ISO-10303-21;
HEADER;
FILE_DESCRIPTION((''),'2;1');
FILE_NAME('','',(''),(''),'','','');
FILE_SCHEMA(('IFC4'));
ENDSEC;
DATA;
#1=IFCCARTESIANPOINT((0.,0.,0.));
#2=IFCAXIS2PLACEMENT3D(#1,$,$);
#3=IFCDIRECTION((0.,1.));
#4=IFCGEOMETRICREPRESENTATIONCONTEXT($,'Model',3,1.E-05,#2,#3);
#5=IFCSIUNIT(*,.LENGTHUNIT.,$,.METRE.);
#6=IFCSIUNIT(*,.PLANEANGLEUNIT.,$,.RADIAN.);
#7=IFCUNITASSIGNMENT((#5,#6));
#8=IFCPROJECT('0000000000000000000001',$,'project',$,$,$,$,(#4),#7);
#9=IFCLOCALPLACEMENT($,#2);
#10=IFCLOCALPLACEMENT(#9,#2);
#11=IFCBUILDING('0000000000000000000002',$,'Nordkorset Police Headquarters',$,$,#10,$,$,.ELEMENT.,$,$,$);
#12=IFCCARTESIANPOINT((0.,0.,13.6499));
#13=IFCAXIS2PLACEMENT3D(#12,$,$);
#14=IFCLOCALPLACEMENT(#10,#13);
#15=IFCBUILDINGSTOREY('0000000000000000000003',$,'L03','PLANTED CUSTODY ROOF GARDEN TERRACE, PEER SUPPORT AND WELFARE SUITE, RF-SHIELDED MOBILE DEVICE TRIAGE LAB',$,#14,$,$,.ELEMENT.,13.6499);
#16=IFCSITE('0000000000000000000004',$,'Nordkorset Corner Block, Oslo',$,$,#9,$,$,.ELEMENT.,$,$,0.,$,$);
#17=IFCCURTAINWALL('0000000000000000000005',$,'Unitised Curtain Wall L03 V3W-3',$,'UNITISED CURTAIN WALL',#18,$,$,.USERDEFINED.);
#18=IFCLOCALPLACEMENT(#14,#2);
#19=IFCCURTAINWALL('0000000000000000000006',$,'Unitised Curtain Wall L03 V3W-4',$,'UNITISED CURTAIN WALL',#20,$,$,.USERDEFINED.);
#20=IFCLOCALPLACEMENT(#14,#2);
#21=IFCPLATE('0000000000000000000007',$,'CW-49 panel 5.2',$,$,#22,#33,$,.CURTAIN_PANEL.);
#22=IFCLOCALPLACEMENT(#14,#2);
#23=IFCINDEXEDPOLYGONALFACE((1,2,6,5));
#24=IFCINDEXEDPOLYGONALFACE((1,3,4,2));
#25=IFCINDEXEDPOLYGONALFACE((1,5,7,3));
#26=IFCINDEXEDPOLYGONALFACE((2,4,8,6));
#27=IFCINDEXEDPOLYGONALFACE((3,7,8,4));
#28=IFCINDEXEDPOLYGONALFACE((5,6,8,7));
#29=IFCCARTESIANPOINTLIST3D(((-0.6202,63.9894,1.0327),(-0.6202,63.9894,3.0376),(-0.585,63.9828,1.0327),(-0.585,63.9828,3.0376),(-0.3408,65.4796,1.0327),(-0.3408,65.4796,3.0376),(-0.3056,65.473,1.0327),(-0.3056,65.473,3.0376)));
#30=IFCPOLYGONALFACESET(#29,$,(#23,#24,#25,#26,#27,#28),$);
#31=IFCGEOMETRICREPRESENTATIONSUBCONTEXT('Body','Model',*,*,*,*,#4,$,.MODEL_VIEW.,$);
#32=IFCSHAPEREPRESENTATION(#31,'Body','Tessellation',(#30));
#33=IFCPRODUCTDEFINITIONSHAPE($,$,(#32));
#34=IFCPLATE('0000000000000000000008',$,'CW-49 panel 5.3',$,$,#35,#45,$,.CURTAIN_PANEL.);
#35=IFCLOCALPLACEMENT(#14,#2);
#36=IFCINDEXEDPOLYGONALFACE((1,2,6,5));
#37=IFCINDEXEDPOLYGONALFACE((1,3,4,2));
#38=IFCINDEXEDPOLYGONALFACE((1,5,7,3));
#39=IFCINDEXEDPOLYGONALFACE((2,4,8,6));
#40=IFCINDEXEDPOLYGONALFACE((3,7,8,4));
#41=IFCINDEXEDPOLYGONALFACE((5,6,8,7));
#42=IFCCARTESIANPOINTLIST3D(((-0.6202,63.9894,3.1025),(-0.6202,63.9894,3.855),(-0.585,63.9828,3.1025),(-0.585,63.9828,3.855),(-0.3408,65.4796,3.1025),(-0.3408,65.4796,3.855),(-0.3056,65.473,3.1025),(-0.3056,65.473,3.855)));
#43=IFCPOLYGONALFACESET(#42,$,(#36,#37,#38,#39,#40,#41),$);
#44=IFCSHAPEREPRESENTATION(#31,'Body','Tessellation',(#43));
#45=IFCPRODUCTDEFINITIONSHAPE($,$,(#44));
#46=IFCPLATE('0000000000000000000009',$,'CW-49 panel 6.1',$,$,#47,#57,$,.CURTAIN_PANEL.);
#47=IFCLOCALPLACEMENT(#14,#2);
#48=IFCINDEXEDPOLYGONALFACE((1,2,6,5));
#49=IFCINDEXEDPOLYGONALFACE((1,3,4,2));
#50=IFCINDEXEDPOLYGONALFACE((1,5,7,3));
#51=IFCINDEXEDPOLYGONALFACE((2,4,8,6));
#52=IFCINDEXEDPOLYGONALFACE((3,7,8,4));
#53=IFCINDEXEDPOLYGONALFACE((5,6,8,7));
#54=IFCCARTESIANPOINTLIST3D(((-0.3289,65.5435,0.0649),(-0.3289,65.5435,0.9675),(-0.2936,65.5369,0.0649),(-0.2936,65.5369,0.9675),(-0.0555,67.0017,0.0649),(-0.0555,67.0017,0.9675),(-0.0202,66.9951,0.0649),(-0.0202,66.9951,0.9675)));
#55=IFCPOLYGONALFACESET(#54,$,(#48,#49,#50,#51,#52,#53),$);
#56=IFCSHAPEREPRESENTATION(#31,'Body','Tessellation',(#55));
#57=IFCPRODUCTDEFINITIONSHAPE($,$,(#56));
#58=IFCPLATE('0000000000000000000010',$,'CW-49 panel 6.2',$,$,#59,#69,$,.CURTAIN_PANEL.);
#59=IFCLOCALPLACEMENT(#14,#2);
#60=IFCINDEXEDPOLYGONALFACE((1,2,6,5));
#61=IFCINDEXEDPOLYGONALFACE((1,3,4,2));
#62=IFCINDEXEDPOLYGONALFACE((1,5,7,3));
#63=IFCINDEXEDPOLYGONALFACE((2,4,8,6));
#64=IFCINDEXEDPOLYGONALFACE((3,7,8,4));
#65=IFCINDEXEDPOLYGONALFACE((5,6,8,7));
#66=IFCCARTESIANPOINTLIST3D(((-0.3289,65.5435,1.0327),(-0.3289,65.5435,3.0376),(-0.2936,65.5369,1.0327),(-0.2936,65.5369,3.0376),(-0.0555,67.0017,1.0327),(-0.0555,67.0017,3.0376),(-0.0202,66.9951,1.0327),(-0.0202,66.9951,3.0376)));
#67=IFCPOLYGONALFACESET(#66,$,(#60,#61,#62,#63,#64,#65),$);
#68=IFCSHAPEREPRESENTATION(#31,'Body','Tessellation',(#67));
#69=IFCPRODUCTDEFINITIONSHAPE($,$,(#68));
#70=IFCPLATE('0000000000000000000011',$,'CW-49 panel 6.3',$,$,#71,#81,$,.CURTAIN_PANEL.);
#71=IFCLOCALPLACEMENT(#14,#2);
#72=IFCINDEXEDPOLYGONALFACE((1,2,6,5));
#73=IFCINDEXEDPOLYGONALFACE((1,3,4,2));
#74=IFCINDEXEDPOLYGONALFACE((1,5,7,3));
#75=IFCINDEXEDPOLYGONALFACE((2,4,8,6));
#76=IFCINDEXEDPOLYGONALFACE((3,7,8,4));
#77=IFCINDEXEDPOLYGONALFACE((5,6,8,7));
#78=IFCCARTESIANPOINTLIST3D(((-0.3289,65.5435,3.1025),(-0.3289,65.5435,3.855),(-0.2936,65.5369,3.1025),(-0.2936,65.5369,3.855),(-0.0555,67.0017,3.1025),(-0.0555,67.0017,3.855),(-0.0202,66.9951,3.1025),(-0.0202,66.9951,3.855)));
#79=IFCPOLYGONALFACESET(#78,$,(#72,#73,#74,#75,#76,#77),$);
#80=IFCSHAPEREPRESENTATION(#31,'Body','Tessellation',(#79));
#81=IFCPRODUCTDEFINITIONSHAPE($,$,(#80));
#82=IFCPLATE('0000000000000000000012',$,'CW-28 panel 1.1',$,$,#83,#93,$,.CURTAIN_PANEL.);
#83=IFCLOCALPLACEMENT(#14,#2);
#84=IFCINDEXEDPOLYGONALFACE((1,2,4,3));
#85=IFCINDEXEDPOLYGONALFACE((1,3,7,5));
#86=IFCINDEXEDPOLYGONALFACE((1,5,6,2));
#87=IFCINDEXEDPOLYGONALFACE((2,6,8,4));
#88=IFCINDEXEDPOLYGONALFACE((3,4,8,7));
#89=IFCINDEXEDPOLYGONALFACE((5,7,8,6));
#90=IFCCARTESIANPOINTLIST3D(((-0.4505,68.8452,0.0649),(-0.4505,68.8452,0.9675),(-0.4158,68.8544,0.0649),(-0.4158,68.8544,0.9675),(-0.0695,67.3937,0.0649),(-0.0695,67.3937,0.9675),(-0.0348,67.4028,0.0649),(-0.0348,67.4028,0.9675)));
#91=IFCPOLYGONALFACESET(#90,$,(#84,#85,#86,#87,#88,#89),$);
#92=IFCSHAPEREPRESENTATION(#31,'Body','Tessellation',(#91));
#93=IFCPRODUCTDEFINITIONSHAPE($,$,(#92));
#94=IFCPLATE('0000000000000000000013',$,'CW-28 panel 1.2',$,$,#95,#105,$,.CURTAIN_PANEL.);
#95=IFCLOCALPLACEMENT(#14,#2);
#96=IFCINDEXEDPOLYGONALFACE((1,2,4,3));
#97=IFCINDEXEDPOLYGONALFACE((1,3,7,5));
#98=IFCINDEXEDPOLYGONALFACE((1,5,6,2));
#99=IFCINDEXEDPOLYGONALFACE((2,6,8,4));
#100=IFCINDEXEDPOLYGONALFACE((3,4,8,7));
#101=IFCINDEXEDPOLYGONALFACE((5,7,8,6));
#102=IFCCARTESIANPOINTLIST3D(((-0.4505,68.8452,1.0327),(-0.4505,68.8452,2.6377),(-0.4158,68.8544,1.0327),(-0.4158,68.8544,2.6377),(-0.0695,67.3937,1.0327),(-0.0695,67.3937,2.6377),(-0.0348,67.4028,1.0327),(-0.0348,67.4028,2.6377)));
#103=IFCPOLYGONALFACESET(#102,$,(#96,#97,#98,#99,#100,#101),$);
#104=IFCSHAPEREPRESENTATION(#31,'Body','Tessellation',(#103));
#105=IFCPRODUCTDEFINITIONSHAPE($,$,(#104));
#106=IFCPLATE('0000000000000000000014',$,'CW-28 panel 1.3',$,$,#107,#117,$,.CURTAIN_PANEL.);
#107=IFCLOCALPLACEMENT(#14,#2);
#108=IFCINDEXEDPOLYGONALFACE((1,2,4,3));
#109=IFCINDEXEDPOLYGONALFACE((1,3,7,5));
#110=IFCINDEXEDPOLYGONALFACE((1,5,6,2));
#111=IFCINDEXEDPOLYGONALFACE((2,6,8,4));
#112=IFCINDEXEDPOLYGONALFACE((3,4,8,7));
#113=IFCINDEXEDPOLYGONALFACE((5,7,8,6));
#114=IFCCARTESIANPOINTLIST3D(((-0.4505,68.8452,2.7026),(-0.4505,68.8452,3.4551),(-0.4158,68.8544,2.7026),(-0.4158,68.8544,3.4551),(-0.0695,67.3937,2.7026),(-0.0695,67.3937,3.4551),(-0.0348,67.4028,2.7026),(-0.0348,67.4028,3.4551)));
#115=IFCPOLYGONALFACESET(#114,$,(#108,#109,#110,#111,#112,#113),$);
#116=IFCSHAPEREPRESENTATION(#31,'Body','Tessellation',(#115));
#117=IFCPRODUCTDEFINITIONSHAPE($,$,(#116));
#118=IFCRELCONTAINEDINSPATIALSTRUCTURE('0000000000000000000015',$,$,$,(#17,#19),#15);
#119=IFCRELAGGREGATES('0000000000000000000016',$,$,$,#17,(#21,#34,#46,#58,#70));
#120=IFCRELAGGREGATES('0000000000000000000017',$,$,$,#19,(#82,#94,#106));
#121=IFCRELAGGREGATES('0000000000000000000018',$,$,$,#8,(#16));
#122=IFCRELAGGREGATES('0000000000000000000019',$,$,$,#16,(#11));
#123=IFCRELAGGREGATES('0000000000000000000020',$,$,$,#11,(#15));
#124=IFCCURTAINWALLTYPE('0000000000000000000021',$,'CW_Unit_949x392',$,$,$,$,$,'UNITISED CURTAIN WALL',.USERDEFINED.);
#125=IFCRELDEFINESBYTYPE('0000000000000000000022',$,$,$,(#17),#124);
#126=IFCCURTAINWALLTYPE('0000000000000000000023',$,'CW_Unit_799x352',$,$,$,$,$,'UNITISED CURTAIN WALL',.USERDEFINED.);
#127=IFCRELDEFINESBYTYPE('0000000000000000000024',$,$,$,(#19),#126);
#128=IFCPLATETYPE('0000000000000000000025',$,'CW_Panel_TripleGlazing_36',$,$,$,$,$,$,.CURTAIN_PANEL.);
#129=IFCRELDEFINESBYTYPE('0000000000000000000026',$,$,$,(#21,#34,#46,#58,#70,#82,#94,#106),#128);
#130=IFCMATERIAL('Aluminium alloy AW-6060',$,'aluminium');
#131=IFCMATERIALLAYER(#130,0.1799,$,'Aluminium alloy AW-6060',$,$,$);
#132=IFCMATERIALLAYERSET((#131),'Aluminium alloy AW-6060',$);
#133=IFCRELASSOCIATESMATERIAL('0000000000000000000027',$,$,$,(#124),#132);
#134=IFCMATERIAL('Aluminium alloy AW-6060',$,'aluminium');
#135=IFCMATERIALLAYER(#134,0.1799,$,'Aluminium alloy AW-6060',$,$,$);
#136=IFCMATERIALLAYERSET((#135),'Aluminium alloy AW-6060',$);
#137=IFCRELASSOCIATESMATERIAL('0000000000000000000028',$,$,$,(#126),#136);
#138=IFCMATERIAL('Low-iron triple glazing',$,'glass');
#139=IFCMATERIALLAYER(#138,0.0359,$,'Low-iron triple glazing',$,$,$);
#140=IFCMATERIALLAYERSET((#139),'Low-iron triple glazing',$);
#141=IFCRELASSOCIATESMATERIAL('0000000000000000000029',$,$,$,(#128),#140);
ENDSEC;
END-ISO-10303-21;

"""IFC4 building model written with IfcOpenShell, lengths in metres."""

from ifc_helpers import new_model, si_unit, direction, frame, origin, origin_2d, place, context, subcontext, project, spatial, rectangle, extrude, material, layer, layer_set, type_object, element, aggregate, save


model = new_model("IFC4")

# Units and contexts
model_context = context("Model", 3, precision=1e-05, world=origin(), true_north=direction((0.0, 1.0)))
body_context = subcontext(model_context, "Body", "Model", "MODEL_VIEW")
ifc_project = project(units=[si_unit("LENGTHUNIT", "METRE"), si_unit("PLANEANGLEUNIT", "RADIAN")], contexts=[model_context])

# Site, building, storey
site_placement = place(None, origin())
site = spatial("IfcSite", under=ifc_project, at=site_placement, Name="Nordkorset Corner Block, Oslo", CompositionType="ELEMENT", RefElevation=0.0)
building_placement = place(site_placement, origin())
building = spatial("IfcBuilding", under=site, at=building_placement, Name="Nordkorset Police Headquarters", CompositionType="ELEMENT")
storey_placement = place(building_placement, frame((0.0, 0.0, 13.6499)))
storey = spatial("IfcBuildingStorey", under=building, at=storey_placement, Name="L03", Description="PLANTED CUSTODY ROOF GARDEN TERRACE, PEER SUPPORT AND WELFARE SUITE, RF-SHIELDED MOBILE DEVICE TRIAGE LAB", CompositionType="ELEMENT", Elevation=13.6499)

# Curtain walls
ifc_material_1 = material(Name="Aluminium alloy AW-6060", Category="aluminium")
ifc_layer_1 = layer(ifc_material_1, 0.1799, Name="Aluminium alloy AW-6060")
ifc_layer_set_1 = layer_set([ifc_layer_1], Name="Aluminium alloy AW-6060")
curtain_wall_type_1 = type_object("IfcCurtainWallType", Name="CW_Unit_949x392", ElementType="UNITISED CURTAIN WALL", PredefinedType="USERDEFINED", material=ifc_layer_set_1)
curtain_wall_1_placement = place(storey_placement, origin())
curtain_wall_1 = element("IfcCurtainWall", 1, at=curtain_wall_1_placement, inside=storey, type_object=curtain_wall_type_1, Name="Unitised Curtain Wall L03 V3W-3", ObjectType="UNITISED CURTAIN WALL", PredefinedType="USERDEFINED")
ifc_material_2 = material(Name="Aluminium alloy AW-6060", Category="aluminium")
ifc_layer_2 = layer(ifc_material_2, 0.1799, Name="Aluminium alloy AW-6060")
ifc_layer_set_2 = layer_set([ifc_layer_2], Name="Aluminium alloy AW-6060")
curtain_wall_type_2 = type_object("IfcCurtainWallType", Name="CW_Unit_799x352", ElementType="UNITISED CURTAIN WALL", PredefinedType="USERDEFINED", material=ifc_layer_set_2)
curtain_wall_2_placement = place(storey_placement, origin())
curtain_wall_2 = element("IfcCurtainWall", 2, at=curtain_wall_2_placement, inside=storey, type_object=curtain_wall_type_2, Name="Unitised Curtain Wall L03 V3W-4", ObjectType="UNITISED CURTAIN WALL", PredefinedType="USERDEFINED")

# Plates
ifc_material_3 = material(Name="Low-iron triple glazing", Category="glass")
ifc_layer_3 = layer(ifc_material_3, 0.0359, Name="Low-iron triple glazing")
ifc_layer_set_3 = layer_set([ifc_layer_3], Name="Low-iron triple glazing")
plate_type = type_object("IfcPlateType", Name="CW_Panel_TripleGlazing_36", PredefinedType="CURTAIN_PANEL", material=ifc_layer_set_3)
plate_1_placement = place(storey_placement, frame((-0.4629, 64.7312, 1.0327), z_axis=(0.0, 0.0, 1.0), x_axis=(0.184289, 0.982872, 0.0)))
plate_1 = element("IfcPlate", 3, at=plate_1_placement, type_object=plate_type, Name="CW-49 panel 5.2", PredefinedType="CURTAIN_PANEL", context=body_context, shape_type="SweptSolid", body=[
    extrude(rectangle(XDim=1.5161, YDim=0.0359, at=origin_2d()), origin(), (0.0, 0.0, 1.0), 2.0049),
])
plate_2_placement = place(storey_placement, frame((-0.4629, 64.7312, 3.1025), z_axis=(0.0, 0.0, 1.0), x_axis=(0.184289, 0.982872, 0.0)))
plate_2 = element("IfcPlate", 4, at=plate_2_placement, type_object=plate_type, Name="CW-49 panel 5.3", PredefinedType="CURTAIN_PANEL", context=body_context, shape_type="SweptSolid", body=[
    extrude(rectangle(XDim=1.5161, YDim=0.0359, at=origin_2d()), origin(), (0.0, 0.0, 1.0), 0.7524),
])
plate_3_placement = place(storey_placement, frame((-0.1746, 66.2693, 0.0649), z_axis=(0.0, 0.0, 1.0), x_axis=(0.184289, 0.982872, 0.0)))
plate_3 = element("IfcPlate", 5, at=plate_3_placement, type_object=plate_type, Name="CW-49 panel 6.1", PredefinedType="CURTAIN_PANEL", context=body_context, shape_type="SweptSolid", body=[
    extrude(rectangle(XDim=1.4836, YDim=0.0359, at=origin_2d()), origin(), (0.0, 0.0, 1.0), 0.9026),
])
plate_4_placement = place(storey_placement, frame((-0.1746, 66.2693, 1.0327), z_axis=(0.0, 0.0, 1.0), x_axis=(0.184289, 0.982872, 0.0)))
plate_4 = element("IfcPlate", 6, at=plate_4_placement, type_object=plate_type, Name="CW-49 panel 6.2", PredefinedType="CURTAIN_PANEL", context=body_context, shape_type="SweptSolid", body=[
    extrude(rectangle(XDim=1.4836, YDim=0.0359, at=origin_2d()), origin(), (0.0, 0.0, 1.0), 2.0049),
])
plate_5_placement = place(storey_placement, frame((-0.1746, 66.2693, 3.1025), z_axis=(0.0, 0.0, 1.0), x_axis=(0.184289, 0.982872, 0.0)))
plate_5 = element("IfcPlate", 7, at=plate_5_placement, type_object=plate_type, Name="CW-49 panel 6.3", PredefinedType="CURTAIN_PANEL", context=body_context, shape_type="SweptSolid", body=[
    extrude(rectangle(XDim=1.4836, YDim=0.0359, at=origin_2d()), origin(), (0.0, 0.0, 1.0), 0.7524),
])
aggregate(curtain_wall_1, [plate_1, plate_2, plate_3, plate_4, plate_5])
plate_6_placement = place(storey_placement, frame((-0.2427, 68.124, 0.0649), z_axis=(0.0, 0.0, 1.0), x_axis=(-0.253897, 0.967231, 0.0)))
plate_6 = element("IfcPlate", 8, at=plate_6_placement, type_object=plate_type, Name="CW-28 panel 1.1", PredefinedType="CURTAIN_PANEL", context=body_context, shape_type="SweptSolid", body=[
    extrude(rectangle(XDim=1.5007, YDim=0.0359, at=origin_2d()), origin(), (0.0, 0.0, 1.0), 0.9026),
])
plate_7_placement = place(storey_placement, frame((-0.2427, 68.124, 1.0327), z_axis=(0.0, 0.0, 1.0), x_axis=(-0.253897, 0.967231, 0.0)))
plate_7 = element("IfcPlate", 9, at=plate_7_placement, type_object=plate_type, Name="CW-28 panel 1.2", PredefinedType="CURTAIN_PANEL", context=body_context, shape_type="SweptSolid", body=[
    extrude(rectangle(XDim=1.5007, YDim=0.0359, at=origin_2d()), origin(), (0.0, 0.0, 1.0), 1.605),
])
plate_8_placement = place(storey_placement, frame((-0.2427, 68.124, 2.7026), z_axis=(0.0, 0.0, 1.0), x_axis=(-0.253897, 0.967231, 0.0)))
plate_8 = element("IfcPlate", 10, at=plate_8_placement, type_object=plate_type, Name="CW-28 panel 1.3", PredefinedType="CURTAIN_PANEL", context=body_context, shape_type="SweptSolid", body=[
    extrude(rectangle(XDim=1.5007, YDim=0.0359, at=origin_2d()), origin(), (0.0, 0.0, 1.0), 0.7524),
])
aggregate(curtain_wall_2, [plate_6, plate_7, plate_8])

save(model, "model.ifc")
